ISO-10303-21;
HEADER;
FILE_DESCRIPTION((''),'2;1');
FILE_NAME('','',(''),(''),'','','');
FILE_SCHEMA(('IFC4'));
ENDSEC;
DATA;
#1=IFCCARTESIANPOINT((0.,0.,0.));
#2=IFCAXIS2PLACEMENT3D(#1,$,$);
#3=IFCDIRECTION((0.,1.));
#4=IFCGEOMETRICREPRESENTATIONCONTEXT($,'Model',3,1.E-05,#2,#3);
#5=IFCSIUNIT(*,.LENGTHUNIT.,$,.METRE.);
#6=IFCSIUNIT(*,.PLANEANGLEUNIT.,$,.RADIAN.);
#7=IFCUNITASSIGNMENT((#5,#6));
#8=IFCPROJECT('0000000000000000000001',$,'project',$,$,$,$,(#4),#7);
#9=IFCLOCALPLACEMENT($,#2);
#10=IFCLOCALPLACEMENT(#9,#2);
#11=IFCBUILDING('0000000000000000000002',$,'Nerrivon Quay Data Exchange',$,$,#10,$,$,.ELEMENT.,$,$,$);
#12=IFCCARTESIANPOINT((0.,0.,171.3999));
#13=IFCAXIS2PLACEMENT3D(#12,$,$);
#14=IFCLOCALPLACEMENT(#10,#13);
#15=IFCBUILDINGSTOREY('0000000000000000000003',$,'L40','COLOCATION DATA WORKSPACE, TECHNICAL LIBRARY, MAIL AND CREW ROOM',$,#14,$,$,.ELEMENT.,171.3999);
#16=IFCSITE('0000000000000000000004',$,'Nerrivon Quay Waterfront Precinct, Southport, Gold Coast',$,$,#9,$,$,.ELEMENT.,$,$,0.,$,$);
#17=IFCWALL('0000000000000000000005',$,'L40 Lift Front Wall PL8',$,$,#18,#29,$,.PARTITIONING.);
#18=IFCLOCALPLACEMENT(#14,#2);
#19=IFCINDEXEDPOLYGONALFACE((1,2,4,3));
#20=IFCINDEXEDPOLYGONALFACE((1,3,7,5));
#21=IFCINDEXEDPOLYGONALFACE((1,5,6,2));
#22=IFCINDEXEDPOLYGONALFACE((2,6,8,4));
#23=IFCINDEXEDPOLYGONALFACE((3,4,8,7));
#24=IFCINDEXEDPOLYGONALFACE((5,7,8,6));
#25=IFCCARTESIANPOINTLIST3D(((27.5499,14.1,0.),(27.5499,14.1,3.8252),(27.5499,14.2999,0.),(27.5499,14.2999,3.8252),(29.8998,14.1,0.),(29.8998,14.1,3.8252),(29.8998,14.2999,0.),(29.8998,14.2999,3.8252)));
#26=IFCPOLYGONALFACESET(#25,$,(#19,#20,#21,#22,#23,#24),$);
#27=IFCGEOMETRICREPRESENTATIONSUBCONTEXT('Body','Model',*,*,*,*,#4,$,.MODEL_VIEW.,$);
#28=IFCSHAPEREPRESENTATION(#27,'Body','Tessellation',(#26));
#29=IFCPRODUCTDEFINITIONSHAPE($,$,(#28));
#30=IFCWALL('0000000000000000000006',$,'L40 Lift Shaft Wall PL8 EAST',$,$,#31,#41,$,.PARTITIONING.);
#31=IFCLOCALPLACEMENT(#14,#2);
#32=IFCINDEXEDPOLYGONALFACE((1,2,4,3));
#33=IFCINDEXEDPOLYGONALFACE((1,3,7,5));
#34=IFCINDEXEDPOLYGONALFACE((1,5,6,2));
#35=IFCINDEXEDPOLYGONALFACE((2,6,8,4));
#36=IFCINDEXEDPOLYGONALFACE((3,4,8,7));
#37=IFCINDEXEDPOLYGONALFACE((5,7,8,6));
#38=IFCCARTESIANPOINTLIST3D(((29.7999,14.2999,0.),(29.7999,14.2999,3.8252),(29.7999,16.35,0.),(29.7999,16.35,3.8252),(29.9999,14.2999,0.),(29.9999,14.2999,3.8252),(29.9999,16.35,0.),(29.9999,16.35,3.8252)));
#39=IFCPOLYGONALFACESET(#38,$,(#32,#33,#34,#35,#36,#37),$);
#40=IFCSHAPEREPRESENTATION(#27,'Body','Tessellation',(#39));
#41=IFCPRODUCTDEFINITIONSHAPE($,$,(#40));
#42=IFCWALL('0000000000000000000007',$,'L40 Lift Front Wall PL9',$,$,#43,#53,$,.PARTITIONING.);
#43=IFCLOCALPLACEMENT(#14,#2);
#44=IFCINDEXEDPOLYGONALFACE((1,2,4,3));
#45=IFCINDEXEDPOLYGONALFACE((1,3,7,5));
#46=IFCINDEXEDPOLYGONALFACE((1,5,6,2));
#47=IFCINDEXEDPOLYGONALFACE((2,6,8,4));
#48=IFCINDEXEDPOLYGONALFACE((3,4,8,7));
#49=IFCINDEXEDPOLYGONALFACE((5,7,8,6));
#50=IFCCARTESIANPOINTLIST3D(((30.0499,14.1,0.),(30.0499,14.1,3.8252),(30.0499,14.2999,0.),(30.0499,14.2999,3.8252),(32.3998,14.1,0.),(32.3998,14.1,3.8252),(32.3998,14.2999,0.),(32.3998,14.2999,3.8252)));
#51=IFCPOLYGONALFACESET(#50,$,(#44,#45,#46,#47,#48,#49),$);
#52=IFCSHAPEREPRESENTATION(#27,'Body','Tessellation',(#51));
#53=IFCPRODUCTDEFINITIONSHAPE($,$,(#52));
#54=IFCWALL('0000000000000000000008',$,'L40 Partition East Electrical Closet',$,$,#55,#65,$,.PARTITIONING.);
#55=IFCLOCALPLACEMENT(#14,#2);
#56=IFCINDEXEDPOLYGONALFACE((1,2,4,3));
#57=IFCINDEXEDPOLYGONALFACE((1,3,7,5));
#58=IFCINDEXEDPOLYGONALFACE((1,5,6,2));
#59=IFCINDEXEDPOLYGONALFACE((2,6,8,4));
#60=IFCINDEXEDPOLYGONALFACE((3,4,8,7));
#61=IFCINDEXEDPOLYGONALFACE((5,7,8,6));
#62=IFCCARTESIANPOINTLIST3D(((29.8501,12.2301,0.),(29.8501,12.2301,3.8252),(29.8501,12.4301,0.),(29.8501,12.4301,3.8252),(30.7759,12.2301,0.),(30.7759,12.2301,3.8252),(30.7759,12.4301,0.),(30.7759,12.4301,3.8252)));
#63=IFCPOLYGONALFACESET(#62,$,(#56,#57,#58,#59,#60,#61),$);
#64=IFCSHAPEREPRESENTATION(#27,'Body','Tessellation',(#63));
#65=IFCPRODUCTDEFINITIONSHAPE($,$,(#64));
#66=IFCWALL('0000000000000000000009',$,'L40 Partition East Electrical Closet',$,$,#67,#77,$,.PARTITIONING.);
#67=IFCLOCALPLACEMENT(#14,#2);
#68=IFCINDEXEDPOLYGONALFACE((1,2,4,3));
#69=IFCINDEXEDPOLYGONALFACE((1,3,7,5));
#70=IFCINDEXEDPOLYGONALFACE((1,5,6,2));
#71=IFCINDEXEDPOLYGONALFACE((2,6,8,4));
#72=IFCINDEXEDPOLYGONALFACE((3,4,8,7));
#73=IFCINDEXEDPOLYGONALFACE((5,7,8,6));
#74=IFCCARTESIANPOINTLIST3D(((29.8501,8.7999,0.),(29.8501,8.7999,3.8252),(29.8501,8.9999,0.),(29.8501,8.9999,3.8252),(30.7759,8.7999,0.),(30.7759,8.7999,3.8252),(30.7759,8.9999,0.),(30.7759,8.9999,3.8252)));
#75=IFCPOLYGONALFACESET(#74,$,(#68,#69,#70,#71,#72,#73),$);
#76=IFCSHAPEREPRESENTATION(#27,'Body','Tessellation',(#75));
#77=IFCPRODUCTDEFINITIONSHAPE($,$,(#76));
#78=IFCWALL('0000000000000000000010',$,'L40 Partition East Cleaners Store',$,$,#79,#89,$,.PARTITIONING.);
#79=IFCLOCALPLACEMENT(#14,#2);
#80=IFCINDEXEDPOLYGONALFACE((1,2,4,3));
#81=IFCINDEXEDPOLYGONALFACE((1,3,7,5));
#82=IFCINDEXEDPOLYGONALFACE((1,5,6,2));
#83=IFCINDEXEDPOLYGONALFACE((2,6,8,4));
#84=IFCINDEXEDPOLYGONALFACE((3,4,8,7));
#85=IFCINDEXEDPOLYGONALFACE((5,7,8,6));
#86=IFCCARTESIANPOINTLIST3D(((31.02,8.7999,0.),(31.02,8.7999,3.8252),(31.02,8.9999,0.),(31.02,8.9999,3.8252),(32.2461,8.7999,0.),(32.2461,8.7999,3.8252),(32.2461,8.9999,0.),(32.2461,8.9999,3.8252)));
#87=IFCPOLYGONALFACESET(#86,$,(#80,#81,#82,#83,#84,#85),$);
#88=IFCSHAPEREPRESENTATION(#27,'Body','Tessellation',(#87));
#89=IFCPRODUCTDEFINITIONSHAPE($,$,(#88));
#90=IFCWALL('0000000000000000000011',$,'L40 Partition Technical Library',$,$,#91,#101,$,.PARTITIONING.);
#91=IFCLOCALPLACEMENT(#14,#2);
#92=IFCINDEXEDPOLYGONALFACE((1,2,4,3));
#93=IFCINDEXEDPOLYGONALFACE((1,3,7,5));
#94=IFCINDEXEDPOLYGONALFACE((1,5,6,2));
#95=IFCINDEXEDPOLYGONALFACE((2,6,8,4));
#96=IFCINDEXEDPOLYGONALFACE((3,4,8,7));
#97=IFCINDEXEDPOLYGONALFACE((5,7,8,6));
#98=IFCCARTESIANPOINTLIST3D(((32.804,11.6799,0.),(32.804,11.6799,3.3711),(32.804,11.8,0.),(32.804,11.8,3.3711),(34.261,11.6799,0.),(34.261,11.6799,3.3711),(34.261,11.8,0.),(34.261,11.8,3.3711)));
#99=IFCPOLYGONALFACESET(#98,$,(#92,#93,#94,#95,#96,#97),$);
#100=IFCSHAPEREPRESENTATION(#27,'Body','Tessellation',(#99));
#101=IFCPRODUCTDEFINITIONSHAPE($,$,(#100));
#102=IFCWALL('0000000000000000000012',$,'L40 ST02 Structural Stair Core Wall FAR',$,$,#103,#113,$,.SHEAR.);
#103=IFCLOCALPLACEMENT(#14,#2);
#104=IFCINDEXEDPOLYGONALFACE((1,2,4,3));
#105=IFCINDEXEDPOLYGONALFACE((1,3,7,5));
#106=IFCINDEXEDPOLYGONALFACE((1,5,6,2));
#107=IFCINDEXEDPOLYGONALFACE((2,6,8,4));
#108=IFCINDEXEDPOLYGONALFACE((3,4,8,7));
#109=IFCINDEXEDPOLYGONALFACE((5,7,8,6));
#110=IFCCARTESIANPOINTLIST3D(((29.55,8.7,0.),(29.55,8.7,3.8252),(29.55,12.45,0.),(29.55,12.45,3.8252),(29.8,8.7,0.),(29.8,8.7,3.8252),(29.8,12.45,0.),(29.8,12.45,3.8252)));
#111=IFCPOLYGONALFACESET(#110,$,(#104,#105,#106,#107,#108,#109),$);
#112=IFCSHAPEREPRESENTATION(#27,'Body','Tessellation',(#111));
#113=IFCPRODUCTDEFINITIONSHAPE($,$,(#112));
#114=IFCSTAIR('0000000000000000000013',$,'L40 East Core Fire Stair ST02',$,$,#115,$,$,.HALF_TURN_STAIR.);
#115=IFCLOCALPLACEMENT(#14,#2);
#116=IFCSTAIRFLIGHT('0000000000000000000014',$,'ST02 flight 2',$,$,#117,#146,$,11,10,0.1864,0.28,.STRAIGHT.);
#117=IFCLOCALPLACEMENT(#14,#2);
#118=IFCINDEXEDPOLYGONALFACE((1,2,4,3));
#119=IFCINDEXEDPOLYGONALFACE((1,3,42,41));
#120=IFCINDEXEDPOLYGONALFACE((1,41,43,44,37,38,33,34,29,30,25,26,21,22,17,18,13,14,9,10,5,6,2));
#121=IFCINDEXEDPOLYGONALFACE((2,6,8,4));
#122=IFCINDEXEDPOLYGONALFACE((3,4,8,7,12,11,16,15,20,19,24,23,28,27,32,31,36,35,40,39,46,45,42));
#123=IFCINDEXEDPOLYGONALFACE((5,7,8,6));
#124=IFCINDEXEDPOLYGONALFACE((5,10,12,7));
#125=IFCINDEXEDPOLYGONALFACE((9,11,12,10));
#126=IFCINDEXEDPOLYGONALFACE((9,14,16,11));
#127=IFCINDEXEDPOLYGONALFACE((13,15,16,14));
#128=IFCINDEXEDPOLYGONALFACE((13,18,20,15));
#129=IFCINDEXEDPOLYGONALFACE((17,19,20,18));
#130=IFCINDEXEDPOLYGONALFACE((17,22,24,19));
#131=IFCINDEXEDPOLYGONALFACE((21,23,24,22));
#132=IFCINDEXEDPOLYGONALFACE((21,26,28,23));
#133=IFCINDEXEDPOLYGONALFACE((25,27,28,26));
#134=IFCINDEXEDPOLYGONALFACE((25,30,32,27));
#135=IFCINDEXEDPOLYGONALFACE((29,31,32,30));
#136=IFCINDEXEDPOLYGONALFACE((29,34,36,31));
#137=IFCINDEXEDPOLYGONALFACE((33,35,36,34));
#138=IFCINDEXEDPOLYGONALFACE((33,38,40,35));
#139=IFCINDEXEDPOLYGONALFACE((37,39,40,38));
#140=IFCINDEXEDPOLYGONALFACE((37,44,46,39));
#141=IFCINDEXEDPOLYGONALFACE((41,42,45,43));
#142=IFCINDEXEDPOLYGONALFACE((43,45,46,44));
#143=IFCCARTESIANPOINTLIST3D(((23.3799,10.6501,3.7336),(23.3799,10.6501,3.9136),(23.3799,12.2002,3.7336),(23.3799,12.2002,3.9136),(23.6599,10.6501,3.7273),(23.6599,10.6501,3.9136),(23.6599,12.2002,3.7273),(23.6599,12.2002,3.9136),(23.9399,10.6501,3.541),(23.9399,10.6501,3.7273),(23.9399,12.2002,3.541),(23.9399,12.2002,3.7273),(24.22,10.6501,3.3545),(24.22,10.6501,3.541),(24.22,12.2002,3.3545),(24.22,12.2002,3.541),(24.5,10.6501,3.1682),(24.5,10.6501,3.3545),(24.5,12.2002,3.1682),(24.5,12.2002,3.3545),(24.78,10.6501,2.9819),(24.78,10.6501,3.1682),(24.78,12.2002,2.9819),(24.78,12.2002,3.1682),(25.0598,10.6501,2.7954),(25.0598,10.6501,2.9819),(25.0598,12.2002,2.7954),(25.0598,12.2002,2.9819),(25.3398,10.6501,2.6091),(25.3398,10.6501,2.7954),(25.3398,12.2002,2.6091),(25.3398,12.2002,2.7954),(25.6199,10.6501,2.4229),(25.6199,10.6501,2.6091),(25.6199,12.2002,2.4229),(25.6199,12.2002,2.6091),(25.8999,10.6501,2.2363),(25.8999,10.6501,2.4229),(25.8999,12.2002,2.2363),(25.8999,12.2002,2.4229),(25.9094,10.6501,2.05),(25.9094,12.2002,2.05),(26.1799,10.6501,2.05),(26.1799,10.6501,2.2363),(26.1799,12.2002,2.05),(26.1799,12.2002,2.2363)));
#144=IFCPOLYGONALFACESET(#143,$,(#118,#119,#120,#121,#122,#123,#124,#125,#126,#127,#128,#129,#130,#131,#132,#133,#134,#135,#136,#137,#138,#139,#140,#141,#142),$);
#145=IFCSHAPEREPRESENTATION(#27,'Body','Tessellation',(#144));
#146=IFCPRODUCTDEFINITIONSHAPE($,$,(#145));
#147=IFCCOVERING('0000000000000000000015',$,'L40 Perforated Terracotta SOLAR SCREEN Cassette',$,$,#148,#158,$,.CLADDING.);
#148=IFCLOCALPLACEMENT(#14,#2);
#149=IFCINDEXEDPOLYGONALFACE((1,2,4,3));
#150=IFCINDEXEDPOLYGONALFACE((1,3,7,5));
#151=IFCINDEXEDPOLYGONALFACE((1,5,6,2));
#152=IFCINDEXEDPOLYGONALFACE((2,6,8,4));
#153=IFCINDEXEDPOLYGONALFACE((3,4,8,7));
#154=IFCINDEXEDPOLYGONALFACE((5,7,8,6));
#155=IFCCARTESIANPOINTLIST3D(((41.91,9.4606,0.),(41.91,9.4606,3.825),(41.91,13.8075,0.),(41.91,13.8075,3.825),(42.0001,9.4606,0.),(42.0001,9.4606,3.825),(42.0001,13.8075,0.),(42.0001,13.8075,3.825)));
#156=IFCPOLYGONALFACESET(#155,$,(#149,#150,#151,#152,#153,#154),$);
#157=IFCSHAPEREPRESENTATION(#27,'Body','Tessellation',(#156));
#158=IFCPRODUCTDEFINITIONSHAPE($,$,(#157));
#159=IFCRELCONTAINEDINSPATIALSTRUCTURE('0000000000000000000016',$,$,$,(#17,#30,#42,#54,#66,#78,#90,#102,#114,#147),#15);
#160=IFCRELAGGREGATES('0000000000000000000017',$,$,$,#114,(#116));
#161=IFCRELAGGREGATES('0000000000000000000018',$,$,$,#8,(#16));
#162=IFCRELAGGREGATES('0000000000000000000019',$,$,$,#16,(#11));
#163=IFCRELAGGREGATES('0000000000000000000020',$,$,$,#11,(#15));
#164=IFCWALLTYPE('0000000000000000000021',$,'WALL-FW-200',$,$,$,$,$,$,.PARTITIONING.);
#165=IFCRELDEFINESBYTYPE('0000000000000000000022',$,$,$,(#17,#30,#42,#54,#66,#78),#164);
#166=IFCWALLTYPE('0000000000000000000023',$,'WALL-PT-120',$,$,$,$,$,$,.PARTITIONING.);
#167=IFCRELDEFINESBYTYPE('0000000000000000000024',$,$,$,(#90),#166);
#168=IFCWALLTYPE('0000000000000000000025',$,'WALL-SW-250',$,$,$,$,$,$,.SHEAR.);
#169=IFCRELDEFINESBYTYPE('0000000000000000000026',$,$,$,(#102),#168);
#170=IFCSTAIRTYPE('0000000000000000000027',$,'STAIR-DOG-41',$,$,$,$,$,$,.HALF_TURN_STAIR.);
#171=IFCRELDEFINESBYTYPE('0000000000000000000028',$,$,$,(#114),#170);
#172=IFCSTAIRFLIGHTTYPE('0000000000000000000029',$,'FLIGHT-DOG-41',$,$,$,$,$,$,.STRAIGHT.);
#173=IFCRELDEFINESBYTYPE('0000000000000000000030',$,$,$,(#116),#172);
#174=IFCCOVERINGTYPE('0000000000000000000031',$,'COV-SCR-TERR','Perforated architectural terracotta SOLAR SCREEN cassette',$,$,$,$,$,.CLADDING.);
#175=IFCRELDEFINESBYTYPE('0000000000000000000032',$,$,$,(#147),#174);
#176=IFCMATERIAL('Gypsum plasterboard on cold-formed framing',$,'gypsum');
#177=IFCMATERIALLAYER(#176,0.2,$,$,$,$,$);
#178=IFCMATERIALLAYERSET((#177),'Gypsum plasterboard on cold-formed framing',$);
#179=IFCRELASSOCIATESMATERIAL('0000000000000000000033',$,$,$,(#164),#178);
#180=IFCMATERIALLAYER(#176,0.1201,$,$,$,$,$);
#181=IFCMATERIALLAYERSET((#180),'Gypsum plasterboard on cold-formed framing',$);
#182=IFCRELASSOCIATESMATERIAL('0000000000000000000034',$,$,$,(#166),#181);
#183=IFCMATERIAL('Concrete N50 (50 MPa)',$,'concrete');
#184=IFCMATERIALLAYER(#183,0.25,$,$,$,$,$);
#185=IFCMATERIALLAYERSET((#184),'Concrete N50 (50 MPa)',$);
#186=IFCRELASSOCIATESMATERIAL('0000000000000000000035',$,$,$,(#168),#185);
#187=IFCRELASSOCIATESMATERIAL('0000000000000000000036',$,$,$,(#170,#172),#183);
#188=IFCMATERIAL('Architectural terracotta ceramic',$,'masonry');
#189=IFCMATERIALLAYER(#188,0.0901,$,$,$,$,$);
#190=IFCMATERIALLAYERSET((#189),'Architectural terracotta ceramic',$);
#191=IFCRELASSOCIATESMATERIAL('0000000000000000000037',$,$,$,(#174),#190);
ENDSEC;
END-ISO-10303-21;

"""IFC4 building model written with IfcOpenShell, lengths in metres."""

from ifc_helpers import new_model, si_unit, direction, frame, frame_2d, origin, origin_2d, place, context, subcontext, project, spatial, polyline, rectangle, outline, extrude, material, layer, layer_set, type_object, element, aggregate, save


model = new_model("IFC4")

# Units and contexts
model_context = context("Model", 3, precision=1e-05, world=origin(), true_north=direction((0.0, 1.0)))
body_context = subcontext(model_context, "Body", "Model", "MODEL_VIEW")
ifc_project = project(units=[si_unit("LENGTHUNIT", "METRE"), si_unit("PLANEANGLEUNIT", "RADIAN")], contexts=[model_context])

# Site, building, storey
site_placement = place(None, origin())
site = spatial("IfcSite", under=ifc_project, at=site_placement, Name="Nerrivon Quay Waterfront Precinct, Southport, Gold Coast", CompositionType="ELEMENT", RefElevation=0.0)
building_placement = place(site_placement, origin())
building = spatial("IfcBuilding", under=site, at=building_placement, Name="Nerrivon Quay Data Exchange", CompositionType="ELEMENT")
storey_placement = place(building_placement, frame((0.0, 0.0, 171.3999)))
storey = spatial("IfcBuildingStorey", under=building, at=storey_placement, Name="L40", Description="COLOCATION DATA WORKSPACE, TECHNICAL LIBRARY, MAIL AND CREW ROOM", CompositionType="ELEMENT", Elevation=171.3999)

# Walls
ifc_material_1 = material(Name="Gypsum plasterboard on cold-formed framing", Category="gypsum")
ifc_layer_1 = layer(ifc_material_1, 0.2)
ifc_layer_set_1 = layer_set([ifc_layer_1], Name="Gypsum plasterboard on cold-formed framing")
wall_type_1 = type_object("IfcWallType", Name="WALL-FW-200", PredefinedType="PARTITIONING", material=ifc_layer_set_1)
wall_1_placement = place(storey_placement, frame((27.55, 14.2, 0.0), z_axis=(0.0, 0.0, 1.0), x_axis=(1.0, 0.0, 0.0)))
element("IfcWall", 1, at=wall_1_placement, inside=storey, type_object=wall_type_1, Name="L40 Lift Front Wall PL8", PredefinedType="PARTITIONING", context=body_context, shape_type="SweptSolid", body=[
    extrude(rectangle(XDim=2.3499, YDim=0.2, at=frame_2d((1.1748, 0.0))), origin(), (0.0, 0.0, 1.0), 3.8252),
])
wall_2_placement = place(storey_placement, frame((29.8999, 14.3, 0.0), z_axis=(0.0, 0.0, 1.0), x_axis=(0.0, 1.0, 0.0)))
element("IfcWall", 2, at=wall_2_placement, inside=storey, type_object=wall_type_1, Name="L40 Lift Shaft Wall PL8 EAST", PredefinedType="PARTITIONING", context=body_context, shape_type="SweptSolid", body=[
    extrude(rectangle(XDim=2.05, YDim=0.2, at=frame_2d((1.0249, 0.0))), origin(), (0.0, 0.0, 1.0), 3.8252),
])
wall_3_placement = place(storey_placement, frame((30.05, 14.2, 0.0), z_axis=(0.0, 0.0, 1.0), x_axis=(1.0, 0.0, 0.0)))
element("IfcWall", 3, at=wall_3_placement, inside=storey, type_object=wall_type_1, Name="L40 Lift Front Wall PL9", PredefinedType="PARTITIONING", context=body_context, shape_type="SweptSolid", body=[
    extrude(rectangle(XDim=2.3499, YDim=0.2, at=frame_2d((1.1748, 0.0))), origin(), (0.0, 0.0, 1.0), 3.8252),
])

# Walls
for number, where, z_axis, x_axis, name in (
    (4, (30.7759, 12.3301, 0.0), (0.0, 0.0, 1.0), (-1.0, 0.0, 0.0), "L40 Partition East Electrical Closet"),
    (5, (29.8501, 8.8999, 0.0), (0.0, 0.0, 1.0), (1.0, 0.0, 0.0), "L40 Partition East Electrical Closet"),
):
    element("IfcWall", number, at=place(storey_placement, frame(where, z_axis=z_axis, x_axis=x_axis)), inside=storey, type_object=wall_type_1, Name=name, PredefinedType="PARTITIONING", context=body_context, shape_type="SweptSolid", body=[
        extrude(rectangle(XDim=0.9258, YDim=0.2, at=frame_2d((0.4629, 0.0))), origin(), (0.0, 0.0, 1.0), 3.8252),
    ])

# Walls
wall_4_placement = place(storey_placement, frame((31.02, 8.8999, 0.0), z_axis=(0.0, 0.0, 1.0), x_axis=(1.0, 0.0, 0.0)))
element("IfcWall", 6, at=wall_4_placement, inside=storey, type_object=wall_type_1, Name="L40 Partition East Cleaners Store", PredefinedType="PARTITIONING", context=body_context, shape_type="SweptSolid", body=[
    extrude(rectangle(XDim=1.2261, YDim=0.2, at=frame_2d((0.613, 0.0))), origin(), (0.0, 0.0, 1.0), 3.8252),
])
ifc_layer_2 = layer(ifc_material_1, 0.1201)
ifc_layer_set_2 = layer_set([ifc_layer_2], Name="Gypsum plasterboard on cold-formed framing")
wall_type_2 = type_object("IfcWallType", Name="WALL-PT-120", PredefinedType="PARTITIONING", material=ifc_layer_set_2)
wall_5_placement = place(storey_placement, frame((34.261, 11.74, 0.0), z_axis=(0.0, 0.0, 1.0), x_axis=(-1.0, 0.0, 0.0)))
element("IfcWall", 7, at=wall_5_placement, inside=storey, type_object=wall_type_2, Name="L40 Partition Technical Library", PredefinedType="PARTITIONING", context=body_context, shape_type="SweptSolid", body=[
    extrude(rectangle(XDim=1.457, YDim=0.1201, at=frame_2d((0.7285, 0.0))), origin(), (0.0, 0.0, 1.0), 3.3711),
])
ifc_material_2 = material(Name="Concrete N50 (50 MPa)", Category="concrete")
ifc_layer_3 = layer(ifc_material_2, 0.25)
ifc_layer_set_3 = layer_set([ifc_layer_3], Name="Concrete N50 (50 MPa)")
wall_type_3 = type_object("IfcWallType", Name="WALL-SW-250", PredefinedType="SHEAR", material=ifc_layer_set_3)
wall_6_placement = place(storey_placement, frame((29.675, 8.7, 0.0), z_axis=(0.0, 0.0, 1.0), x_axis=(0.0, 1.0, 0.0)))
element("IfcWall", 8, at=wall_6_placement, inside=storey, type_object=wall_type_3, Name="L40 ST02 Structural Stair Core Wall FAR", PredefinedType="SHEAR", context=body_context, shape_type="SweptSolid", body=[
    extrude(rectangle(XDim=3.75, YDim=0.25, at=frame_2d((1.875, 0.0))), origin(), (0.0, 0.0, 1.0), 3.8252),
])

# Stair, stair flight
stair_type = type_object("IfcStairType", Name="STAIR-DOG-41", PredefinedType="HALF_TURN_STAIR", material=ifc_material_2)
stair_placement = place(storey_placement, origin())
stair = element("IfcStair", 9, at=stair_placement, inside=storey, type_object=stair_type, Name="L40 East Core Fire Stair ST02", PredefinedType="HALF_TURN_STAIR")
stair_flight_type = type_object("IfcStairFlightType", Name="FLIGHT-DOG-41", PredefinedType="STRAIGHT", material=ifc_material_2)
stair_flight_placement = place(storey_placement, frame((26.1799, 11.425, 2.05), z_axis=(0.0, 0.0, 1.0), x_axis=(-1.0, 0.0, 0.0)))
stair_flight = element("IfcStairFlight", 10, at=stair_flight_placement, type_object=stair_flight_type, Name="ST02 flight 2", NumberOfRisers=11, NumberOfTreads=10, PredefinedType="STRAIGHT", RiserHeight=0.1864, TreadLength=0.28, context=body_context, shape_type="SweptSolid", body=[
    extrude(outline(polyline([(0.0, 0.0), (0.0, 0.1863), (0.28, 0.1863), (0.28, 0.3728), (0.5601, 0.3728), (0.5601, 0.5591), (0.8401, 0.5591), (0.8401, 0.7454), (1.1201, 0.7454), (1.1201, 0.9319), (1.3999, 0.9319), (1.3999, 1.1182), (1.6799, 1.1182), (1.6799, 1.3044), (1.96, 1.3044), (1.96, 1.491), (2.24, 1.491), (2.24, 1.6772), (2.52, 1.6772), (2.52, 1.8635), (2.8, 1.8635), (2.8, 2.05), (2.8, 1.6836), (0.2705, 0.0), (0.0, 0.0)])), frame((0.0, 0.7749, 0.0), z_axis=(0.0, -1.0, 0.0), x_axis=(1.0, 0.0, 0.0)), (0.0, 0.0, 1.0), 1.55),
])
aggregate(stair, [stair_flight])

# Covering
ifc_material_3 = material(Name="Architectural terracotta ceramic", Category="masonry")
ifc_layer_4 = layer(ifc_material_3, 0.0901)
ifc_layer_set_4 = layer_set([ifc_layer_4], Name="Architectural terracotta ceramic")
covering_type = type_object("IfcCoveringType", Name="COV-SCR-TERR", Description="Perforated architectural terracotta SOLAR SCREEN cassette", PredefinedType="CLADDING", material=ifc_layer_set_4)
covering_placement = place(storey_placement, frame((41.9551, 11.634, 0.0), z_axis=(0.0, 0.0, 1.0), x_axis=(0.0, -1.0, 0.0)))
element("IfcCovering", 11, at=covering_placement, inside=storey, type_object=covering_type, Name="L40 Perforated Terracotta SOLAR SCREEN Cassette", PredefinedType="CLADDING", context=body_context, shape_type="SweptSolid", body=[
    extrude(rectangle(XDim=4.3469, YDim=0.0901, at=origin_2d()), origin(), (0.0, 0.0, 1.0), 3.825),
])

save(model, "model.ifc")
